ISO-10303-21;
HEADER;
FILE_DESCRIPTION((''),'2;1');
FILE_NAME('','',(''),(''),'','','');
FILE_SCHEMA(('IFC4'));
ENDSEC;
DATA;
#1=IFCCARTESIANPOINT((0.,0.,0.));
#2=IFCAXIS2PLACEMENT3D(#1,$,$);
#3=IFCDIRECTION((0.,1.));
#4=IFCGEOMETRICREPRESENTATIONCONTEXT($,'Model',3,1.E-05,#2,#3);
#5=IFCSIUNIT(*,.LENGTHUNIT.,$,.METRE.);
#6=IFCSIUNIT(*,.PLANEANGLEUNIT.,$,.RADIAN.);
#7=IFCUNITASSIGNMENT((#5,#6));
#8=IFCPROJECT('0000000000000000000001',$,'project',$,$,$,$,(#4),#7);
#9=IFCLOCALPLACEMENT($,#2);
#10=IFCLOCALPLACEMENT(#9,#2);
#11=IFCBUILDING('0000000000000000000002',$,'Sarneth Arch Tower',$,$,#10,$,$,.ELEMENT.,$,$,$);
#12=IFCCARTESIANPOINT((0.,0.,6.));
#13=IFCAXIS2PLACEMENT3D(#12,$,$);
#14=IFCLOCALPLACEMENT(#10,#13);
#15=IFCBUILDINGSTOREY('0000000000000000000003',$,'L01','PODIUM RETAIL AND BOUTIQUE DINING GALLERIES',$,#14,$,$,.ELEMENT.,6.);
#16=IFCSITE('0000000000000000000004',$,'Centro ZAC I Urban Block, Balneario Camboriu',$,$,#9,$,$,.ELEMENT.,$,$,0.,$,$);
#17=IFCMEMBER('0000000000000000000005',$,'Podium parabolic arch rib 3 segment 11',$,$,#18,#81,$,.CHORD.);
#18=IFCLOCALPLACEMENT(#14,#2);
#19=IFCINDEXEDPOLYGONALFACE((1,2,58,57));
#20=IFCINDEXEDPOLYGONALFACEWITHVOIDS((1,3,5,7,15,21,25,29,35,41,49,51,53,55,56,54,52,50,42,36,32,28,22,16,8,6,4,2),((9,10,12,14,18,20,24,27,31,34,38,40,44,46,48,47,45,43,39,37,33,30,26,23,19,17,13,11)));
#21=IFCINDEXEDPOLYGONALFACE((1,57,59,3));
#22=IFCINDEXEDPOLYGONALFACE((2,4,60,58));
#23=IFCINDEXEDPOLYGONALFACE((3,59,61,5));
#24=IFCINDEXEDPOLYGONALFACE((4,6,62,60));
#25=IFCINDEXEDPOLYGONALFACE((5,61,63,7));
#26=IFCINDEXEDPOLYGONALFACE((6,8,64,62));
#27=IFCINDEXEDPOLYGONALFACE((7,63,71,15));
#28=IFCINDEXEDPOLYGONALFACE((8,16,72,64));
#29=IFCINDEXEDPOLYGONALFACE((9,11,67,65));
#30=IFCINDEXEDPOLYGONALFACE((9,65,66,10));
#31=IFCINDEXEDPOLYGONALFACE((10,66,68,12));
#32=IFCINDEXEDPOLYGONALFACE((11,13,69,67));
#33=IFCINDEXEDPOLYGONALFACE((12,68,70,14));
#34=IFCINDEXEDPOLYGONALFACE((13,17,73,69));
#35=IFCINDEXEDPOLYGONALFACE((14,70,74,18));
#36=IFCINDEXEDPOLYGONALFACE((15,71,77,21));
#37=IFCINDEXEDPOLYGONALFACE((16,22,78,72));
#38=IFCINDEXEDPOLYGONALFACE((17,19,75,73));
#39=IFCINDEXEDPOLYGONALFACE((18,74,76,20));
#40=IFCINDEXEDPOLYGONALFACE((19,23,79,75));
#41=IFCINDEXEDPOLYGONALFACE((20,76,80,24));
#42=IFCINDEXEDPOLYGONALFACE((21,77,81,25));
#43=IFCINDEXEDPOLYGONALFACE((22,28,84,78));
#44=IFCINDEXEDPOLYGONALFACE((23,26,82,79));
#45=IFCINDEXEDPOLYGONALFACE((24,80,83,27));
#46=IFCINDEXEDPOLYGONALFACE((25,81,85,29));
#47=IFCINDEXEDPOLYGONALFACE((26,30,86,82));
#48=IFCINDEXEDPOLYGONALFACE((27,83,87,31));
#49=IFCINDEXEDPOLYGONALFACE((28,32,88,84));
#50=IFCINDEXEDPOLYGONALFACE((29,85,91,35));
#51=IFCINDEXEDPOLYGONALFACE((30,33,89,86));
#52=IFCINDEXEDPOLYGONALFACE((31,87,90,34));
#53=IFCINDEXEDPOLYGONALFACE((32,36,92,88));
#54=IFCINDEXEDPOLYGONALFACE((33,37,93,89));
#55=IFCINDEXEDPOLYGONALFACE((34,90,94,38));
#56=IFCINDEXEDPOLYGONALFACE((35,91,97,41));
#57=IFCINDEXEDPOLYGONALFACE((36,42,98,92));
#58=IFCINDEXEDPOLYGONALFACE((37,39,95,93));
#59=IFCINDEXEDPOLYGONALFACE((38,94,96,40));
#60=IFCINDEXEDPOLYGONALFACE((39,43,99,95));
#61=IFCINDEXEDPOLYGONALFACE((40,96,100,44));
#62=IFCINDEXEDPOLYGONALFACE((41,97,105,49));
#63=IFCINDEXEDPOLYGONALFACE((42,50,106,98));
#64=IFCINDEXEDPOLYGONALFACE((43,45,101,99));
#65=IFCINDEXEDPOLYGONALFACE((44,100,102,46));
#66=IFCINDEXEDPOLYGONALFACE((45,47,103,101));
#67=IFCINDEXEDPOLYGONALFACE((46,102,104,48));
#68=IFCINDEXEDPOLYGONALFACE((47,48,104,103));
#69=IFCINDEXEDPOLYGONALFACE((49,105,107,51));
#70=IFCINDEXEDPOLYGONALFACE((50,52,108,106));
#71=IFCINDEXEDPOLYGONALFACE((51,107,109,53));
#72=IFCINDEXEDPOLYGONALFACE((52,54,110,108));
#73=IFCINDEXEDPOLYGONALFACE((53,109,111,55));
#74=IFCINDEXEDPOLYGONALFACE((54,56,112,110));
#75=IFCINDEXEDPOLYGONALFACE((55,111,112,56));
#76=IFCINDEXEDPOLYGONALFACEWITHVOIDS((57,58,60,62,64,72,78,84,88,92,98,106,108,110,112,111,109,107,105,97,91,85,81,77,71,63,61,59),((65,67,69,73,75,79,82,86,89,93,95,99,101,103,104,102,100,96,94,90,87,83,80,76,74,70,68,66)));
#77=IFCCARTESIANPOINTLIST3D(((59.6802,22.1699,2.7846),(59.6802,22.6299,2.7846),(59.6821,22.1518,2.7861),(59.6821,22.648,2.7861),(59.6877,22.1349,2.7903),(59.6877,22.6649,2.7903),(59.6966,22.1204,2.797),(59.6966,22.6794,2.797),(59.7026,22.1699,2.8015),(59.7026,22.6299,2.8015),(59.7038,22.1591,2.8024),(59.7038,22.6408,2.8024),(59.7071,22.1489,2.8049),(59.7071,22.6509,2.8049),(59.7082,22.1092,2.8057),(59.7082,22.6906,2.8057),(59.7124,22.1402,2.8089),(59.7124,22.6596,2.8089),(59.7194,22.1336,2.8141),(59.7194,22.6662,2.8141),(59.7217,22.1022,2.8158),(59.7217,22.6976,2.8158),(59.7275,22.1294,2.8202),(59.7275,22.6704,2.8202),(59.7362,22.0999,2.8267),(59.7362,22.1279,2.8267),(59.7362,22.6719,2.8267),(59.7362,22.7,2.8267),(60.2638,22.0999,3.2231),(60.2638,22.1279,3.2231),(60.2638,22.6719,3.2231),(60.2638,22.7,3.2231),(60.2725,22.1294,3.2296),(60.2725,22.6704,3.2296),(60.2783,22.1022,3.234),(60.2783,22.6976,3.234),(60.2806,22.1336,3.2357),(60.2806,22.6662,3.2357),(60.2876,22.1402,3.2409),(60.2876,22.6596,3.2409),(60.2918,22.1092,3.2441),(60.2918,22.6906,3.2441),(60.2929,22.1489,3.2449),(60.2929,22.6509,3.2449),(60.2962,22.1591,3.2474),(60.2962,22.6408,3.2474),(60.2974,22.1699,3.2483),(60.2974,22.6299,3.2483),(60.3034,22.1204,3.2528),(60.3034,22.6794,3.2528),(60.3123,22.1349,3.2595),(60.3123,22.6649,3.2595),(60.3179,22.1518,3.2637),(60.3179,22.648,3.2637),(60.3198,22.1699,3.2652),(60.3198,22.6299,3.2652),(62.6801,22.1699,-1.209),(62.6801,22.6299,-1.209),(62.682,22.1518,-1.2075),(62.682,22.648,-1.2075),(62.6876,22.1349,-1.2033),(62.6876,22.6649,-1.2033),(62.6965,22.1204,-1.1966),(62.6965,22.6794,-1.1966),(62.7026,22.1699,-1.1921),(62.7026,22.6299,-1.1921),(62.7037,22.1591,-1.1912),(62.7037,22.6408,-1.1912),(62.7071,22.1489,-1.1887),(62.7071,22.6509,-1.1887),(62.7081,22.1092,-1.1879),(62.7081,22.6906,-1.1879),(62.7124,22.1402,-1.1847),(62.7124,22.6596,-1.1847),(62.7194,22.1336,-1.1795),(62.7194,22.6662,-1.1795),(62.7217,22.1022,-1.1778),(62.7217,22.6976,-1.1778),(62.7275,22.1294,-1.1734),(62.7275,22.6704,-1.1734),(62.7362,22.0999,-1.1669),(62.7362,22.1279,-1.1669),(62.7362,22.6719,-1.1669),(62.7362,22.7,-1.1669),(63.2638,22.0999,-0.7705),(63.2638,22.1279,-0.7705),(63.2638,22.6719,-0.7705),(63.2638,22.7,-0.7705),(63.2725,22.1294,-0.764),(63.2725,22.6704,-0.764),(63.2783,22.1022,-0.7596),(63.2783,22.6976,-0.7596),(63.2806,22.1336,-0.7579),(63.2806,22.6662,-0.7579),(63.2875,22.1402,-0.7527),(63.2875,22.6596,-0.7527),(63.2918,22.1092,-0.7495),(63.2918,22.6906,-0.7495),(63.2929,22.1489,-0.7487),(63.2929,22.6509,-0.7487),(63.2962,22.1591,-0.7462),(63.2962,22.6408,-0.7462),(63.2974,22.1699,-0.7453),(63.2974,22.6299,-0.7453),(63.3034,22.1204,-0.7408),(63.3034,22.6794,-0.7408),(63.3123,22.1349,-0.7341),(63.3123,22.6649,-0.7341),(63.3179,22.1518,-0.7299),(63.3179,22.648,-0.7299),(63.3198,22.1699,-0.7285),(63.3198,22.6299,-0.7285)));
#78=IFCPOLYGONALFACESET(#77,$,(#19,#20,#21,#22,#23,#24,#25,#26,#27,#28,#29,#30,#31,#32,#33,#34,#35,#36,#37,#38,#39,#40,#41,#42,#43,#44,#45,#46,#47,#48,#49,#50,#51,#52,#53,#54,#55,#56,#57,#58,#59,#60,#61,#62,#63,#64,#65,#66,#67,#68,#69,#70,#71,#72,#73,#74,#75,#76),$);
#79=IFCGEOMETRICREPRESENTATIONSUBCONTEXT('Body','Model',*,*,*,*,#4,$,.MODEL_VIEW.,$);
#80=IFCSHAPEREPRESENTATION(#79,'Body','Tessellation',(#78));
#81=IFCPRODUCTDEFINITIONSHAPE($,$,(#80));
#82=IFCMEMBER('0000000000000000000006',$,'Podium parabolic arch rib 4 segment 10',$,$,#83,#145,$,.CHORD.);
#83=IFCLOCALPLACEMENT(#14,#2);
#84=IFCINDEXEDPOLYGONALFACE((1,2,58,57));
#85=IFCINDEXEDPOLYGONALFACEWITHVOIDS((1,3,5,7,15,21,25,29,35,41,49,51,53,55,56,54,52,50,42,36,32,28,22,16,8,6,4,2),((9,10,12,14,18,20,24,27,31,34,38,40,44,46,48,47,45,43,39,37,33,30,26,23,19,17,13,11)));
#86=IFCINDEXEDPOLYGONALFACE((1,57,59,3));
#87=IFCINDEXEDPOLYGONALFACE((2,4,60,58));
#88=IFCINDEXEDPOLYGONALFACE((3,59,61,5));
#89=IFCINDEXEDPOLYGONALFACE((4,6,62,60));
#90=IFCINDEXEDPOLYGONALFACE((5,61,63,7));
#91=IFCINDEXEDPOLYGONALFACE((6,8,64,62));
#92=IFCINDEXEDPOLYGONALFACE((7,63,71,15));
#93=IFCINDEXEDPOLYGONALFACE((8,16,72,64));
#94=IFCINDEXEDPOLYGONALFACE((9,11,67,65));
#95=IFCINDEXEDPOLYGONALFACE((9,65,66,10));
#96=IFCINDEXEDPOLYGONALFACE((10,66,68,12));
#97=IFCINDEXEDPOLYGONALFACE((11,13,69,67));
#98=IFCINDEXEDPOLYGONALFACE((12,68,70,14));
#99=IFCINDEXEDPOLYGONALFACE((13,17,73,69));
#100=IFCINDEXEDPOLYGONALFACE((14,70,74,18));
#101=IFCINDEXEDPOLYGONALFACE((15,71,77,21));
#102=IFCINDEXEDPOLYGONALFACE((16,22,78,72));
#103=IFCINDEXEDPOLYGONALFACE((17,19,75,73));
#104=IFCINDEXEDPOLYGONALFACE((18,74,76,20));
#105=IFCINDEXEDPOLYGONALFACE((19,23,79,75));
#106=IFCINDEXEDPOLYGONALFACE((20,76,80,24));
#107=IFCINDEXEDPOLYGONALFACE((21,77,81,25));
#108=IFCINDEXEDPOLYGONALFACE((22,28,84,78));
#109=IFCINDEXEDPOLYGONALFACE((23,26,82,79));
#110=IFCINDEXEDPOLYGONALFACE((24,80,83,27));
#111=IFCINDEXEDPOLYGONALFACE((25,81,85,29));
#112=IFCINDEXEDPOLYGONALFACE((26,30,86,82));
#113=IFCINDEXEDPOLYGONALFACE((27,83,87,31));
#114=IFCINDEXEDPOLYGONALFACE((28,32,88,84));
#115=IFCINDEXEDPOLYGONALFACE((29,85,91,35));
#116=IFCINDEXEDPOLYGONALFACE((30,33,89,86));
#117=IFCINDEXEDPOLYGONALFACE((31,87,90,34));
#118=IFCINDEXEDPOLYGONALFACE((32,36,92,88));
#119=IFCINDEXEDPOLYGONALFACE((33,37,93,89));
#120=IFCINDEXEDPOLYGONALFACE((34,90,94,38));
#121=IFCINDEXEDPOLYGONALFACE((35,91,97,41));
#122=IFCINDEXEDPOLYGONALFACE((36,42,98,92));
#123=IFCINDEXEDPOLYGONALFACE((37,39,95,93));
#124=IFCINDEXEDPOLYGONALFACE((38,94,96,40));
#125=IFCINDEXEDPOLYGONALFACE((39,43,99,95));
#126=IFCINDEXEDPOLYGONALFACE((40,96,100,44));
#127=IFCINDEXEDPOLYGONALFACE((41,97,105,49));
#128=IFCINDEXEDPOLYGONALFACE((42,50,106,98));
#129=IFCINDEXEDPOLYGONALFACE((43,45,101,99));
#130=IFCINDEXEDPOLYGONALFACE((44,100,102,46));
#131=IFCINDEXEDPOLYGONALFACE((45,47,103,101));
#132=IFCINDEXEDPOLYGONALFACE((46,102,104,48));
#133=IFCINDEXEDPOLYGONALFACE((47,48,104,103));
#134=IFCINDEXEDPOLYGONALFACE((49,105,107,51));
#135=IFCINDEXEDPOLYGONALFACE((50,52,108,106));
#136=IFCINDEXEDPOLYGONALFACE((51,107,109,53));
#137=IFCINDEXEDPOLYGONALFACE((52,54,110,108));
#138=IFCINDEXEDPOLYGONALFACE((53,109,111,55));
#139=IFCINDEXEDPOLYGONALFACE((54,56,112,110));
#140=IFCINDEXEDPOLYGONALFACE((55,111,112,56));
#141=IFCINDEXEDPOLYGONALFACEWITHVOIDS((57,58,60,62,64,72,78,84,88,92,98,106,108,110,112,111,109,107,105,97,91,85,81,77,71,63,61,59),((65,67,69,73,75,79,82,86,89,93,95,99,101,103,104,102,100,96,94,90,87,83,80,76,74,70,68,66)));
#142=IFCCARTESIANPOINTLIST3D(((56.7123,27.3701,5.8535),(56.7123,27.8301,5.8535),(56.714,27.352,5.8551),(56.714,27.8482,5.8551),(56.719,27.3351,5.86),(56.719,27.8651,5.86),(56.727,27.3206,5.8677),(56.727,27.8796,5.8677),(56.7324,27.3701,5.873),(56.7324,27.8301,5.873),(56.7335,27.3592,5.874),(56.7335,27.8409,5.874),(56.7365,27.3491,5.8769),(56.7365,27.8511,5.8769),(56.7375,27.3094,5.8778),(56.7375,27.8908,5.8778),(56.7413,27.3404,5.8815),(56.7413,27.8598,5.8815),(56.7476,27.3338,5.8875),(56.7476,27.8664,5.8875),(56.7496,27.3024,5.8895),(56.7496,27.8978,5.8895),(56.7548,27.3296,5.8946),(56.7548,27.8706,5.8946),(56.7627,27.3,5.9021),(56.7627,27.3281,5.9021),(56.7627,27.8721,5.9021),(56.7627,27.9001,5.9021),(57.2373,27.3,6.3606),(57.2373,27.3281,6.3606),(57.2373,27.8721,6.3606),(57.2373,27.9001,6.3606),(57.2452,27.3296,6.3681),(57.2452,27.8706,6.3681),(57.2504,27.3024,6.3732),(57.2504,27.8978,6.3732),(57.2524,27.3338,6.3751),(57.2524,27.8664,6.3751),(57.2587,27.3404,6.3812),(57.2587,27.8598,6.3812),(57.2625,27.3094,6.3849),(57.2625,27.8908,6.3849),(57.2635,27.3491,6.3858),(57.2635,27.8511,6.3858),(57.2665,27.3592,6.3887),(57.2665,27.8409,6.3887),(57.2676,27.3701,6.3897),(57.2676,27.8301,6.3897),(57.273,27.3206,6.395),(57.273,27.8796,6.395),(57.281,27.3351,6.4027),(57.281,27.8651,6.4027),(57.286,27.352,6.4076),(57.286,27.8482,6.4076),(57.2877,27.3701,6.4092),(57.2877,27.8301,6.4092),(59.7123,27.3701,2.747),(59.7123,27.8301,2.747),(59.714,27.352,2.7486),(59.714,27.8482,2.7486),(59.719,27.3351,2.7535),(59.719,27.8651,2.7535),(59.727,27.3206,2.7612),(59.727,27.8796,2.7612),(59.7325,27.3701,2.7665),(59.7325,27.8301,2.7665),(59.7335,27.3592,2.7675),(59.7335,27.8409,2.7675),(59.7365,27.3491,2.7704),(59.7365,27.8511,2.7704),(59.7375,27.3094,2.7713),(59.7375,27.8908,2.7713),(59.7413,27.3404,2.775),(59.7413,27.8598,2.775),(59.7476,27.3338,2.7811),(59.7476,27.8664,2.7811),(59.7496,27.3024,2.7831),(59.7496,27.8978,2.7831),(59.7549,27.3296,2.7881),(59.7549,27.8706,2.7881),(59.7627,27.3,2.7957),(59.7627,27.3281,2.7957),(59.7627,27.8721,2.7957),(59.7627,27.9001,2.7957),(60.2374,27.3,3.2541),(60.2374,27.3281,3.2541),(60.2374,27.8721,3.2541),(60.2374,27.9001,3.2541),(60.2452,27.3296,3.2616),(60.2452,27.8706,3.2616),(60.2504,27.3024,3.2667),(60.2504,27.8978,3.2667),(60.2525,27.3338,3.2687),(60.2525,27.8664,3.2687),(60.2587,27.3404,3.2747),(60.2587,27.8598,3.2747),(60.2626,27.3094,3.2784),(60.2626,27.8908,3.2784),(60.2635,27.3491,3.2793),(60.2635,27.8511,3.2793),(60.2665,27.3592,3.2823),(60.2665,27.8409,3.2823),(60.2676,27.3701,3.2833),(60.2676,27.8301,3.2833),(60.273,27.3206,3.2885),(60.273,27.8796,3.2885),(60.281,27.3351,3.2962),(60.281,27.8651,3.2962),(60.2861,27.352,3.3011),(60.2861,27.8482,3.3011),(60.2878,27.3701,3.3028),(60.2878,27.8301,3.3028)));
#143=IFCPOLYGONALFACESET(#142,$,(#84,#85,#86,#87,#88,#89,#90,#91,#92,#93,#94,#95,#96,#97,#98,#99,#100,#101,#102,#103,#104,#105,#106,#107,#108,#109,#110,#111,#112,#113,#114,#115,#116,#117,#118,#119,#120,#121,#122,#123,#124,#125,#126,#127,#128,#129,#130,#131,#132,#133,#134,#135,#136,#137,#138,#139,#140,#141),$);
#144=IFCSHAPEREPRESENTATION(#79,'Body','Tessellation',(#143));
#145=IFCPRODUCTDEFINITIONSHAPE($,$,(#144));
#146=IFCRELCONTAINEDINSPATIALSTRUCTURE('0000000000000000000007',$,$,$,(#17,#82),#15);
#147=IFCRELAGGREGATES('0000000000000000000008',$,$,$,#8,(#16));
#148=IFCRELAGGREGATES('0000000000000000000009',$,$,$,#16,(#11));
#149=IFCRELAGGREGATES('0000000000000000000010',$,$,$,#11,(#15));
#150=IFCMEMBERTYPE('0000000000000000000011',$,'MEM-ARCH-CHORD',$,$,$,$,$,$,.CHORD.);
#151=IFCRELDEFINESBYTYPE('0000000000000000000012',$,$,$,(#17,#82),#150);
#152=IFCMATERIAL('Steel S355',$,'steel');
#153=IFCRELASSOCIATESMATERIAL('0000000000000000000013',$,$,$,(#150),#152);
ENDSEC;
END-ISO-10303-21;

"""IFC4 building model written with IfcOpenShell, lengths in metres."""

from ifc_helpers import new_model, si_unit, direction, frame, origin, origin_2d, place, context, subcontext, project, spatial, hollow_rectangle, extrude, material, material_profile, profile_set, type_object, element, save


model = new_model("IFC4")

# Units and contexts
model_context = context("Model", 3, precision=1e-05, world=origin(), true_north=direction((0.0, 1.0)))
body_context = subcontext(model_context, "Body", "Model", "MODEL_VIEW")
ifc_project = project(units=[si_unit("LENGTHUNIT", "METRE"), si_unit("PLANEANGLEUNIT", "RADIAN")], contexts=[model_context])

# Site, building, storey
site_placement = place(None, origin())
site = spatial("IfcSite", under=ifc_project, at=site_placement, Name="Centro ZAC I Urban Block, Balneario Camboriu", CompositionType="ELEMENT", RefElevation=0.0)
building_placement = place(site_placement, origin())
building = spatial("IfcBuilding", under=site, at=building_placement, Name="Sarneth Arch Tower", CompositionType="ELEMENT")
storey_placement = place(building_placement, frame((0.0, 0.0, 6.0)))
storey = spatial("IfcBuildingStorey", under=building, at=storey_placement, Name="L01", Description="PODIUM RETAIL AND BOUTIQUE DINING GALLERIES", CompositionType="ELEMENT", Elevation=6.0)

# Members
ifc_material_1 = material(Name="Steel S355", Category="steel")
ifc_material_profile_1 = material_profile(ifc_material_1, hollow_rectangle(XDim=0.6001, YDim=0.8, WallThickness=0.0281, InnerFilletRadius=0.042, OuterFilletRadius=0.0701, at=origin_2d()), Name="RHS800x600x28")
ifc_profile_set_1 = profile_set([ifc_material_profile_1], Name="Steel S355")
member_type_1 = type_object("IfcMemberType", Name="MEM-ARCH-CHORD", PredefinedType="CHORD", material=ifc_profile_set_1)
member_1_placement = place(storey_placement, frame((60.0, 22.3999, 3.0249), z_axis=(0.60061, 0.0, -0.799542), x_axis=(0.0, 1.0, 0.0)))
element("IfcMember", 1, at=member_1_placement, inside=storey, type_object=member_type_1, Name="Podium parabolic arch rib 3 segment 11", PredefinedType="CHORD", context=body_context, shape_type="SweptSolid", body=[
    extrude(hollow_rectangle(XDim=0.6001, YDim=0.8, WallThickness=0.0281, InnerFilletRadius=0.042, OuterFilletRadius=0.0701, at=origin_2d()), origin(), (0.0, 0.0, 1.0), 4.9949),
])
member_2_placement = place(storey_placement, frame((57.0, 27.6001, 6.1313), z_axis=(0.694675, 0.0, -0.719324), x_axis=(0.0, 1.0, 0.0)))
element("IfcMember", 2, at=member_2_placement, inside=storey, type_object=member_type_1, Name="Podium parabolic arch rib 4 segment 10", PredefinedType="CHORD", context=body_context, shape_type="SweptSolid", body=[
    extrude(hollow_rectangle(XDim=0.6001, YDim=0.8, WallThickness=0.0281, InnerFilletRadius=0.042, OuterFilletRadius=0.0701, at=origin_2d()), origin(), (0.0, 0.0, 1.0), 4.3186),
])

save(model, "model.ifc")
